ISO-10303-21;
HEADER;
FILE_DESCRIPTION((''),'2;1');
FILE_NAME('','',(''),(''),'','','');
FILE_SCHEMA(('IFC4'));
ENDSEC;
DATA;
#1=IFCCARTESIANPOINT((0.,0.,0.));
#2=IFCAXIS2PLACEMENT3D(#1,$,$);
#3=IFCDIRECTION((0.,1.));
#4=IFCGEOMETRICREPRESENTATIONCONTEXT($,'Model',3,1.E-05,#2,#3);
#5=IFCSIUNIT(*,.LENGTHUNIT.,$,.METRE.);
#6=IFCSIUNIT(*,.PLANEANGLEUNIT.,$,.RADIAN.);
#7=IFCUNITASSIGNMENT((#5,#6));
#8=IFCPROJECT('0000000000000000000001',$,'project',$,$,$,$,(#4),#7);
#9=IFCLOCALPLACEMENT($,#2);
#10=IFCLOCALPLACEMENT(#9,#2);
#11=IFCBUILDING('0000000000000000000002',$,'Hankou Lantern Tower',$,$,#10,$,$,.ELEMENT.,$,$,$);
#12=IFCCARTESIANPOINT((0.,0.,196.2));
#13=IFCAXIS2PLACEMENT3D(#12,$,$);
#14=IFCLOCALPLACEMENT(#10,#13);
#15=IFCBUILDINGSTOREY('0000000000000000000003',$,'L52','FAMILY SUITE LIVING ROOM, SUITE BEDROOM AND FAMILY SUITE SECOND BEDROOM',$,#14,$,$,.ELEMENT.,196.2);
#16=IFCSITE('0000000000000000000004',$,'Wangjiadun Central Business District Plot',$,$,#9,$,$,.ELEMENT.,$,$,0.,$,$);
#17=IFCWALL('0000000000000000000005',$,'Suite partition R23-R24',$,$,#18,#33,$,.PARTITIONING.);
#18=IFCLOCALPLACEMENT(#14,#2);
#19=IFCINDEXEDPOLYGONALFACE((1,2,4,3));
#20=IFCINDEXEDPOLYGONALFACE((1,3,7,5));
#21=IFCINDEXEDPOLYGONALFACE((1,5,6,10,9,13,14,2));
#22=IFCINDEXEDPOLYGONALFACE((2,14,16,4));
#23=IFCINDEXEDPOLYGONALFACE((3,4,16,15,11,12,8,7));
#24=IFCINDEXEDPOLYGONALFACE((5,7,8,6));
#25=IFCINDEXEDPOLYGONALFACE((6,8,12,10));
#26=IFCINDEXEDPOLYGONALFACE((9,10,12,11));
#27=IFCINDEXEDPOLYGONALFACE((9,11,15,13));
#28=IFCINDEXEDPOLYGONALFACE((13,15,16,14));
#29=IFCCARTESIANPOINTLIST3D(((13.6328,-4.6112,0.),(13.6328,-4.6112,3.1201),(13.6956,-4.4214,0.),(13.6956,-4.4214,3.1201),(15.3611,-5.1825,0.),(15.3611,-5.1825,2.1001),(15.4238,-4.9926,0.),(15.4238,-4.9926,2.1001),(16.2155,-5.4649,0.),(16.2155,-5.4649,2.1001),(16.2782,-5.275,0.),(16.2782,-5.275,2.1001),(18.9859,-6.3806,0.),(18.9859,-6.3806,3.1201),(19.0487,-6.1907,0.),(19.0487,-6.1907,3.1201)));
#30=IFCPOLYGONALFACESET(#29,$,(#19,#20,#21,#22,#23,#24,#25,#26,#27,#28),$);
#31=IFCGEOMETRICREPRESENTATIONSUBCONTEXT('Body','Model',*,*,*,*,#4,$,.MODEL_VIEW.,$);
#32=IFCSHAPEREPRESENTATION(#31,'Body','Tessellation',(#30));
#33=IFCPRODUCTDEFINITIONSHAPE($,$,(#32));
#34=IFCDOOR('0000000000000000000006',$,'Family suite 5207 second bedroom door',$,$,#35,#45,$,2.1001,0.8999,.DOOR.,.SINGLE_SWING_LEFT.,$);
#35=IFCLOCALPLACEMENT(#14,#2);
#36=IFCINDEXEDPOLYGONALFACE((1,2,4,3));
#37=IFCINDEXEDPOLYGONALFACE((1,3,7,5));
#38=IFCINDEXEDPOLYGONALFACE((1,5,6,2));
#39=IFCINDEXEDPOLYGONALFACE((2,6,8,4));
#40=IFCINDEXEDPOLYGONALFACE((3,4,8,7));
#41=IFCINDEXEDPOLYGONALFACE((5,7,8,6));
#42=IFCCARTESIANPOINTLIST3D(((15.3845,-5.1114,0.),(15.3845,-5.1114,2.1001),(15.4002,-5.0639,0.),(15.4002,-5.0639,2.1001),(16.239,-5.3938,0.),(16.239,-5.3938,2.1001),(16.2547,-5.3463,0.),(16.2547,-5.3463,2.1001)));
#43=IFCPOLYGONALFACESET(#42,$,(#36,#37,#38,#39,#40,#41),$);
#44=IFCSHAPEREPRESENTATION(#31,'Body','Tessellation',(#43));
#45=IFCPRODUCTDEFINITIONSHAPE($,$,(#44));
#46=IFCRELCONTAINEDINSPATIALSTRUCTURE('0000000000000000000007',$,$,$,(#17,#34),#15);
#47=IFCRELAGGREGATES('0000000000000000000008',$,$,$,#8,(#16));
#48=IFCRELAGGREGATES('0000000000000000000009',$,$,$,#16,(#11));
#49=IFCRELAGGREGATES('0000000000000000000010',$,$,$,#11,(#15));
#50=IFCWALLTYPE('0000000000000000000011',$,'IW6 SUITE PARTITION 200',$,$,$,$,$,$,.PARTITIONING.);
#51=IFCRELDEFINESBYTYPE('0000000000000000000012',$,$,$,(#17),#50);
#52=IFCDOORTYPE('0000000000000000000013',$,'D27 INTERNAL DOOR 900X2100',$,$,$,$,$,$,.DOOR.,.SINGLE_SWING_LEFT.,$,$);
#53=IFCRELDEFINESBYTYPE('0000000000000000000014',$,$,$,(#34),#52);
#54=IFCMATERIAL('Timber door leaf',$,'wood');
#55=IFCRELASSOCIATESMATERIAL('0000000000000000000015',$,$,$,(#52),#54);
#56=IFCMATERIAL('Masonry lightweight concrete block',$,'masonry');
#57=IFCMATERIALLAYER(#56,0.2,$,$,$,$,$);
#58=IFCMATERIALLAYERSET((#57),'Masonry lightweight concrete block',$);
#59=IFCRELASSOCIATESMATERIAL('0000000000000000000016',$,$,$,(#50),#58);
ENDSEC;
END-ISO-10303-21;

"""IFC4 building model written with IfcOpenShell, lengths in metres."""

from ifc_helpers import new_model, si_unit, direction, frame, frame_2d, origin, place, context, subcontext, project, spatial, rectangle, extrude, material, layer, layer_set, type_object, element, fill, save


model = new_model("IFC4")

# Units and contexts
model_context = context("Model", 3, precision=1e-05, world=origin(), true_north=direction((0.0, 1.0)))
body_context = subcontext(model_context, "Body", "Model", "MODEL_VIEW")
ifc_project = project(units=[si_unit("LENGTHUNIT", "METRE"), si_unit("PLANEANGLEUNIT", "RADIAN")], contexts=[model_context])

# Site, building, storey
site_placement = place(None, origin())
site = spatial("IfcSite", under=ifc_project, at=site_placement, Name="Wangjiadun Central Business District Plot", CompositionType="ELEMENT", RefElevation=0.0)
building_placement = place(site_placement, origin())
building = spatial("IfcBuilding", under=site, at=building_placement, Name="Hankou Lantern Tower", CompositionType="ELEMENT")
storey_placement = place(building_placement, frame((0.0, 0.0, 196.2)))
storey = spatial("IfcBuildingStorey", under=building, at=storey_placement, Name="L52", Description="FAMILY SUITE LIVING ROOM, SUITE BEDROOM AND FAMILY SUITE SECOND BEDROOM", CompositionType="ELEMENT", Elevation=196.2)

# Shared definitions
ifc_material_1 = material(Name="Timber door leaf", Category="wood")
door_type = type_object("IfcDoorType", Name="D27 INTERNAL DOOR 900X2100", OperationType="SINGLE_SWING_LEFT", PredefinedType="DOOR", material=ifc_material_1)

# Wall, opening, door
ifc_material_2 = material(Name="Masonry lightweight concrete block", Category="masonry")
ifc_layer_1 = layer(ifc_material_2, 0.2)
ifc_layer_set_1 = layer_set([ifc_layer_1], Name="Masonry lightweight concrete block")
wall_type_1 = type_object("IfcWallType", Name="IW6 SUITE PARTITION 200", PredefinedType="PARTITIONING", material=ifc_layer_set_1)
wall_1_placement = place(storey_placement, frame((13.6643, -4.5164, 0.0), z_axis=(0.0, 0.0, 1.0), x_axis=(0.949481, -0.313823, 0.0)))
wall_1 = element("IfcWall", 1, at=wall_1_placement, inside=storey, type_object=wall_type_1, Name="Suite partition R23-R24", PredefinedType="PARTITIONING", context=body_context, shape_type="SweptSolid", body=[
    extrude(rectangle(XDim=5.6379, YDim=0.2, at=frame_2d((2.8188, 0.0))), origin(), (0.0, 0.0, 1.0), 3.1201),
])
opening_1_placement = place(wall_1_placement, frame((1.8201, 0.0, 0.0)))
opening_1 = element("IfcOpeningElement", 2, at=opening_1_placement, cuts=wall_1, PredefinedType="OPENING", context=body_context, shape_type="SweptSolid", body=[
    extrude(rectangle(XDim=0.8999, YDim=2.1001, at=frame_2d((0.45, 1.05))), frame((0.0, 0.1099, 0.0), z_axis=(0.0, -1.0, 0.0), x_axis=(1.0, 0.0, 0.0)), (0.0, 0.0, 1.0), 0.22),
])
door_1_placement = place(opening_1_placement, origin())
door_1 = element("IfcDoor", 3, at=door_1_placement, inside=storey, type_object=door_type, Name="Family suite 5207 second bedroom door", OperationType="SINGLE_SWING_LEFT", OverallHeight=2.1001, OverallWidth=0.8999, PredefinedType="DOOR", context=body_context, shape_type="SweptSolid", body=[
    extrude(rectangle(XDim=0.8999, YDim=2.1001, at=frame_2d((0.45, 1.05))), frame((0.0, 0.0249, 0.0), z_axis=(0.0, -1.0, 0.0), x_axis=(1.0, 0.0, 0.0)), (0.0, 0.0, 1.0), 0.05),
])
fill(opening_1, door_1)

save(model, "model.ifc")
